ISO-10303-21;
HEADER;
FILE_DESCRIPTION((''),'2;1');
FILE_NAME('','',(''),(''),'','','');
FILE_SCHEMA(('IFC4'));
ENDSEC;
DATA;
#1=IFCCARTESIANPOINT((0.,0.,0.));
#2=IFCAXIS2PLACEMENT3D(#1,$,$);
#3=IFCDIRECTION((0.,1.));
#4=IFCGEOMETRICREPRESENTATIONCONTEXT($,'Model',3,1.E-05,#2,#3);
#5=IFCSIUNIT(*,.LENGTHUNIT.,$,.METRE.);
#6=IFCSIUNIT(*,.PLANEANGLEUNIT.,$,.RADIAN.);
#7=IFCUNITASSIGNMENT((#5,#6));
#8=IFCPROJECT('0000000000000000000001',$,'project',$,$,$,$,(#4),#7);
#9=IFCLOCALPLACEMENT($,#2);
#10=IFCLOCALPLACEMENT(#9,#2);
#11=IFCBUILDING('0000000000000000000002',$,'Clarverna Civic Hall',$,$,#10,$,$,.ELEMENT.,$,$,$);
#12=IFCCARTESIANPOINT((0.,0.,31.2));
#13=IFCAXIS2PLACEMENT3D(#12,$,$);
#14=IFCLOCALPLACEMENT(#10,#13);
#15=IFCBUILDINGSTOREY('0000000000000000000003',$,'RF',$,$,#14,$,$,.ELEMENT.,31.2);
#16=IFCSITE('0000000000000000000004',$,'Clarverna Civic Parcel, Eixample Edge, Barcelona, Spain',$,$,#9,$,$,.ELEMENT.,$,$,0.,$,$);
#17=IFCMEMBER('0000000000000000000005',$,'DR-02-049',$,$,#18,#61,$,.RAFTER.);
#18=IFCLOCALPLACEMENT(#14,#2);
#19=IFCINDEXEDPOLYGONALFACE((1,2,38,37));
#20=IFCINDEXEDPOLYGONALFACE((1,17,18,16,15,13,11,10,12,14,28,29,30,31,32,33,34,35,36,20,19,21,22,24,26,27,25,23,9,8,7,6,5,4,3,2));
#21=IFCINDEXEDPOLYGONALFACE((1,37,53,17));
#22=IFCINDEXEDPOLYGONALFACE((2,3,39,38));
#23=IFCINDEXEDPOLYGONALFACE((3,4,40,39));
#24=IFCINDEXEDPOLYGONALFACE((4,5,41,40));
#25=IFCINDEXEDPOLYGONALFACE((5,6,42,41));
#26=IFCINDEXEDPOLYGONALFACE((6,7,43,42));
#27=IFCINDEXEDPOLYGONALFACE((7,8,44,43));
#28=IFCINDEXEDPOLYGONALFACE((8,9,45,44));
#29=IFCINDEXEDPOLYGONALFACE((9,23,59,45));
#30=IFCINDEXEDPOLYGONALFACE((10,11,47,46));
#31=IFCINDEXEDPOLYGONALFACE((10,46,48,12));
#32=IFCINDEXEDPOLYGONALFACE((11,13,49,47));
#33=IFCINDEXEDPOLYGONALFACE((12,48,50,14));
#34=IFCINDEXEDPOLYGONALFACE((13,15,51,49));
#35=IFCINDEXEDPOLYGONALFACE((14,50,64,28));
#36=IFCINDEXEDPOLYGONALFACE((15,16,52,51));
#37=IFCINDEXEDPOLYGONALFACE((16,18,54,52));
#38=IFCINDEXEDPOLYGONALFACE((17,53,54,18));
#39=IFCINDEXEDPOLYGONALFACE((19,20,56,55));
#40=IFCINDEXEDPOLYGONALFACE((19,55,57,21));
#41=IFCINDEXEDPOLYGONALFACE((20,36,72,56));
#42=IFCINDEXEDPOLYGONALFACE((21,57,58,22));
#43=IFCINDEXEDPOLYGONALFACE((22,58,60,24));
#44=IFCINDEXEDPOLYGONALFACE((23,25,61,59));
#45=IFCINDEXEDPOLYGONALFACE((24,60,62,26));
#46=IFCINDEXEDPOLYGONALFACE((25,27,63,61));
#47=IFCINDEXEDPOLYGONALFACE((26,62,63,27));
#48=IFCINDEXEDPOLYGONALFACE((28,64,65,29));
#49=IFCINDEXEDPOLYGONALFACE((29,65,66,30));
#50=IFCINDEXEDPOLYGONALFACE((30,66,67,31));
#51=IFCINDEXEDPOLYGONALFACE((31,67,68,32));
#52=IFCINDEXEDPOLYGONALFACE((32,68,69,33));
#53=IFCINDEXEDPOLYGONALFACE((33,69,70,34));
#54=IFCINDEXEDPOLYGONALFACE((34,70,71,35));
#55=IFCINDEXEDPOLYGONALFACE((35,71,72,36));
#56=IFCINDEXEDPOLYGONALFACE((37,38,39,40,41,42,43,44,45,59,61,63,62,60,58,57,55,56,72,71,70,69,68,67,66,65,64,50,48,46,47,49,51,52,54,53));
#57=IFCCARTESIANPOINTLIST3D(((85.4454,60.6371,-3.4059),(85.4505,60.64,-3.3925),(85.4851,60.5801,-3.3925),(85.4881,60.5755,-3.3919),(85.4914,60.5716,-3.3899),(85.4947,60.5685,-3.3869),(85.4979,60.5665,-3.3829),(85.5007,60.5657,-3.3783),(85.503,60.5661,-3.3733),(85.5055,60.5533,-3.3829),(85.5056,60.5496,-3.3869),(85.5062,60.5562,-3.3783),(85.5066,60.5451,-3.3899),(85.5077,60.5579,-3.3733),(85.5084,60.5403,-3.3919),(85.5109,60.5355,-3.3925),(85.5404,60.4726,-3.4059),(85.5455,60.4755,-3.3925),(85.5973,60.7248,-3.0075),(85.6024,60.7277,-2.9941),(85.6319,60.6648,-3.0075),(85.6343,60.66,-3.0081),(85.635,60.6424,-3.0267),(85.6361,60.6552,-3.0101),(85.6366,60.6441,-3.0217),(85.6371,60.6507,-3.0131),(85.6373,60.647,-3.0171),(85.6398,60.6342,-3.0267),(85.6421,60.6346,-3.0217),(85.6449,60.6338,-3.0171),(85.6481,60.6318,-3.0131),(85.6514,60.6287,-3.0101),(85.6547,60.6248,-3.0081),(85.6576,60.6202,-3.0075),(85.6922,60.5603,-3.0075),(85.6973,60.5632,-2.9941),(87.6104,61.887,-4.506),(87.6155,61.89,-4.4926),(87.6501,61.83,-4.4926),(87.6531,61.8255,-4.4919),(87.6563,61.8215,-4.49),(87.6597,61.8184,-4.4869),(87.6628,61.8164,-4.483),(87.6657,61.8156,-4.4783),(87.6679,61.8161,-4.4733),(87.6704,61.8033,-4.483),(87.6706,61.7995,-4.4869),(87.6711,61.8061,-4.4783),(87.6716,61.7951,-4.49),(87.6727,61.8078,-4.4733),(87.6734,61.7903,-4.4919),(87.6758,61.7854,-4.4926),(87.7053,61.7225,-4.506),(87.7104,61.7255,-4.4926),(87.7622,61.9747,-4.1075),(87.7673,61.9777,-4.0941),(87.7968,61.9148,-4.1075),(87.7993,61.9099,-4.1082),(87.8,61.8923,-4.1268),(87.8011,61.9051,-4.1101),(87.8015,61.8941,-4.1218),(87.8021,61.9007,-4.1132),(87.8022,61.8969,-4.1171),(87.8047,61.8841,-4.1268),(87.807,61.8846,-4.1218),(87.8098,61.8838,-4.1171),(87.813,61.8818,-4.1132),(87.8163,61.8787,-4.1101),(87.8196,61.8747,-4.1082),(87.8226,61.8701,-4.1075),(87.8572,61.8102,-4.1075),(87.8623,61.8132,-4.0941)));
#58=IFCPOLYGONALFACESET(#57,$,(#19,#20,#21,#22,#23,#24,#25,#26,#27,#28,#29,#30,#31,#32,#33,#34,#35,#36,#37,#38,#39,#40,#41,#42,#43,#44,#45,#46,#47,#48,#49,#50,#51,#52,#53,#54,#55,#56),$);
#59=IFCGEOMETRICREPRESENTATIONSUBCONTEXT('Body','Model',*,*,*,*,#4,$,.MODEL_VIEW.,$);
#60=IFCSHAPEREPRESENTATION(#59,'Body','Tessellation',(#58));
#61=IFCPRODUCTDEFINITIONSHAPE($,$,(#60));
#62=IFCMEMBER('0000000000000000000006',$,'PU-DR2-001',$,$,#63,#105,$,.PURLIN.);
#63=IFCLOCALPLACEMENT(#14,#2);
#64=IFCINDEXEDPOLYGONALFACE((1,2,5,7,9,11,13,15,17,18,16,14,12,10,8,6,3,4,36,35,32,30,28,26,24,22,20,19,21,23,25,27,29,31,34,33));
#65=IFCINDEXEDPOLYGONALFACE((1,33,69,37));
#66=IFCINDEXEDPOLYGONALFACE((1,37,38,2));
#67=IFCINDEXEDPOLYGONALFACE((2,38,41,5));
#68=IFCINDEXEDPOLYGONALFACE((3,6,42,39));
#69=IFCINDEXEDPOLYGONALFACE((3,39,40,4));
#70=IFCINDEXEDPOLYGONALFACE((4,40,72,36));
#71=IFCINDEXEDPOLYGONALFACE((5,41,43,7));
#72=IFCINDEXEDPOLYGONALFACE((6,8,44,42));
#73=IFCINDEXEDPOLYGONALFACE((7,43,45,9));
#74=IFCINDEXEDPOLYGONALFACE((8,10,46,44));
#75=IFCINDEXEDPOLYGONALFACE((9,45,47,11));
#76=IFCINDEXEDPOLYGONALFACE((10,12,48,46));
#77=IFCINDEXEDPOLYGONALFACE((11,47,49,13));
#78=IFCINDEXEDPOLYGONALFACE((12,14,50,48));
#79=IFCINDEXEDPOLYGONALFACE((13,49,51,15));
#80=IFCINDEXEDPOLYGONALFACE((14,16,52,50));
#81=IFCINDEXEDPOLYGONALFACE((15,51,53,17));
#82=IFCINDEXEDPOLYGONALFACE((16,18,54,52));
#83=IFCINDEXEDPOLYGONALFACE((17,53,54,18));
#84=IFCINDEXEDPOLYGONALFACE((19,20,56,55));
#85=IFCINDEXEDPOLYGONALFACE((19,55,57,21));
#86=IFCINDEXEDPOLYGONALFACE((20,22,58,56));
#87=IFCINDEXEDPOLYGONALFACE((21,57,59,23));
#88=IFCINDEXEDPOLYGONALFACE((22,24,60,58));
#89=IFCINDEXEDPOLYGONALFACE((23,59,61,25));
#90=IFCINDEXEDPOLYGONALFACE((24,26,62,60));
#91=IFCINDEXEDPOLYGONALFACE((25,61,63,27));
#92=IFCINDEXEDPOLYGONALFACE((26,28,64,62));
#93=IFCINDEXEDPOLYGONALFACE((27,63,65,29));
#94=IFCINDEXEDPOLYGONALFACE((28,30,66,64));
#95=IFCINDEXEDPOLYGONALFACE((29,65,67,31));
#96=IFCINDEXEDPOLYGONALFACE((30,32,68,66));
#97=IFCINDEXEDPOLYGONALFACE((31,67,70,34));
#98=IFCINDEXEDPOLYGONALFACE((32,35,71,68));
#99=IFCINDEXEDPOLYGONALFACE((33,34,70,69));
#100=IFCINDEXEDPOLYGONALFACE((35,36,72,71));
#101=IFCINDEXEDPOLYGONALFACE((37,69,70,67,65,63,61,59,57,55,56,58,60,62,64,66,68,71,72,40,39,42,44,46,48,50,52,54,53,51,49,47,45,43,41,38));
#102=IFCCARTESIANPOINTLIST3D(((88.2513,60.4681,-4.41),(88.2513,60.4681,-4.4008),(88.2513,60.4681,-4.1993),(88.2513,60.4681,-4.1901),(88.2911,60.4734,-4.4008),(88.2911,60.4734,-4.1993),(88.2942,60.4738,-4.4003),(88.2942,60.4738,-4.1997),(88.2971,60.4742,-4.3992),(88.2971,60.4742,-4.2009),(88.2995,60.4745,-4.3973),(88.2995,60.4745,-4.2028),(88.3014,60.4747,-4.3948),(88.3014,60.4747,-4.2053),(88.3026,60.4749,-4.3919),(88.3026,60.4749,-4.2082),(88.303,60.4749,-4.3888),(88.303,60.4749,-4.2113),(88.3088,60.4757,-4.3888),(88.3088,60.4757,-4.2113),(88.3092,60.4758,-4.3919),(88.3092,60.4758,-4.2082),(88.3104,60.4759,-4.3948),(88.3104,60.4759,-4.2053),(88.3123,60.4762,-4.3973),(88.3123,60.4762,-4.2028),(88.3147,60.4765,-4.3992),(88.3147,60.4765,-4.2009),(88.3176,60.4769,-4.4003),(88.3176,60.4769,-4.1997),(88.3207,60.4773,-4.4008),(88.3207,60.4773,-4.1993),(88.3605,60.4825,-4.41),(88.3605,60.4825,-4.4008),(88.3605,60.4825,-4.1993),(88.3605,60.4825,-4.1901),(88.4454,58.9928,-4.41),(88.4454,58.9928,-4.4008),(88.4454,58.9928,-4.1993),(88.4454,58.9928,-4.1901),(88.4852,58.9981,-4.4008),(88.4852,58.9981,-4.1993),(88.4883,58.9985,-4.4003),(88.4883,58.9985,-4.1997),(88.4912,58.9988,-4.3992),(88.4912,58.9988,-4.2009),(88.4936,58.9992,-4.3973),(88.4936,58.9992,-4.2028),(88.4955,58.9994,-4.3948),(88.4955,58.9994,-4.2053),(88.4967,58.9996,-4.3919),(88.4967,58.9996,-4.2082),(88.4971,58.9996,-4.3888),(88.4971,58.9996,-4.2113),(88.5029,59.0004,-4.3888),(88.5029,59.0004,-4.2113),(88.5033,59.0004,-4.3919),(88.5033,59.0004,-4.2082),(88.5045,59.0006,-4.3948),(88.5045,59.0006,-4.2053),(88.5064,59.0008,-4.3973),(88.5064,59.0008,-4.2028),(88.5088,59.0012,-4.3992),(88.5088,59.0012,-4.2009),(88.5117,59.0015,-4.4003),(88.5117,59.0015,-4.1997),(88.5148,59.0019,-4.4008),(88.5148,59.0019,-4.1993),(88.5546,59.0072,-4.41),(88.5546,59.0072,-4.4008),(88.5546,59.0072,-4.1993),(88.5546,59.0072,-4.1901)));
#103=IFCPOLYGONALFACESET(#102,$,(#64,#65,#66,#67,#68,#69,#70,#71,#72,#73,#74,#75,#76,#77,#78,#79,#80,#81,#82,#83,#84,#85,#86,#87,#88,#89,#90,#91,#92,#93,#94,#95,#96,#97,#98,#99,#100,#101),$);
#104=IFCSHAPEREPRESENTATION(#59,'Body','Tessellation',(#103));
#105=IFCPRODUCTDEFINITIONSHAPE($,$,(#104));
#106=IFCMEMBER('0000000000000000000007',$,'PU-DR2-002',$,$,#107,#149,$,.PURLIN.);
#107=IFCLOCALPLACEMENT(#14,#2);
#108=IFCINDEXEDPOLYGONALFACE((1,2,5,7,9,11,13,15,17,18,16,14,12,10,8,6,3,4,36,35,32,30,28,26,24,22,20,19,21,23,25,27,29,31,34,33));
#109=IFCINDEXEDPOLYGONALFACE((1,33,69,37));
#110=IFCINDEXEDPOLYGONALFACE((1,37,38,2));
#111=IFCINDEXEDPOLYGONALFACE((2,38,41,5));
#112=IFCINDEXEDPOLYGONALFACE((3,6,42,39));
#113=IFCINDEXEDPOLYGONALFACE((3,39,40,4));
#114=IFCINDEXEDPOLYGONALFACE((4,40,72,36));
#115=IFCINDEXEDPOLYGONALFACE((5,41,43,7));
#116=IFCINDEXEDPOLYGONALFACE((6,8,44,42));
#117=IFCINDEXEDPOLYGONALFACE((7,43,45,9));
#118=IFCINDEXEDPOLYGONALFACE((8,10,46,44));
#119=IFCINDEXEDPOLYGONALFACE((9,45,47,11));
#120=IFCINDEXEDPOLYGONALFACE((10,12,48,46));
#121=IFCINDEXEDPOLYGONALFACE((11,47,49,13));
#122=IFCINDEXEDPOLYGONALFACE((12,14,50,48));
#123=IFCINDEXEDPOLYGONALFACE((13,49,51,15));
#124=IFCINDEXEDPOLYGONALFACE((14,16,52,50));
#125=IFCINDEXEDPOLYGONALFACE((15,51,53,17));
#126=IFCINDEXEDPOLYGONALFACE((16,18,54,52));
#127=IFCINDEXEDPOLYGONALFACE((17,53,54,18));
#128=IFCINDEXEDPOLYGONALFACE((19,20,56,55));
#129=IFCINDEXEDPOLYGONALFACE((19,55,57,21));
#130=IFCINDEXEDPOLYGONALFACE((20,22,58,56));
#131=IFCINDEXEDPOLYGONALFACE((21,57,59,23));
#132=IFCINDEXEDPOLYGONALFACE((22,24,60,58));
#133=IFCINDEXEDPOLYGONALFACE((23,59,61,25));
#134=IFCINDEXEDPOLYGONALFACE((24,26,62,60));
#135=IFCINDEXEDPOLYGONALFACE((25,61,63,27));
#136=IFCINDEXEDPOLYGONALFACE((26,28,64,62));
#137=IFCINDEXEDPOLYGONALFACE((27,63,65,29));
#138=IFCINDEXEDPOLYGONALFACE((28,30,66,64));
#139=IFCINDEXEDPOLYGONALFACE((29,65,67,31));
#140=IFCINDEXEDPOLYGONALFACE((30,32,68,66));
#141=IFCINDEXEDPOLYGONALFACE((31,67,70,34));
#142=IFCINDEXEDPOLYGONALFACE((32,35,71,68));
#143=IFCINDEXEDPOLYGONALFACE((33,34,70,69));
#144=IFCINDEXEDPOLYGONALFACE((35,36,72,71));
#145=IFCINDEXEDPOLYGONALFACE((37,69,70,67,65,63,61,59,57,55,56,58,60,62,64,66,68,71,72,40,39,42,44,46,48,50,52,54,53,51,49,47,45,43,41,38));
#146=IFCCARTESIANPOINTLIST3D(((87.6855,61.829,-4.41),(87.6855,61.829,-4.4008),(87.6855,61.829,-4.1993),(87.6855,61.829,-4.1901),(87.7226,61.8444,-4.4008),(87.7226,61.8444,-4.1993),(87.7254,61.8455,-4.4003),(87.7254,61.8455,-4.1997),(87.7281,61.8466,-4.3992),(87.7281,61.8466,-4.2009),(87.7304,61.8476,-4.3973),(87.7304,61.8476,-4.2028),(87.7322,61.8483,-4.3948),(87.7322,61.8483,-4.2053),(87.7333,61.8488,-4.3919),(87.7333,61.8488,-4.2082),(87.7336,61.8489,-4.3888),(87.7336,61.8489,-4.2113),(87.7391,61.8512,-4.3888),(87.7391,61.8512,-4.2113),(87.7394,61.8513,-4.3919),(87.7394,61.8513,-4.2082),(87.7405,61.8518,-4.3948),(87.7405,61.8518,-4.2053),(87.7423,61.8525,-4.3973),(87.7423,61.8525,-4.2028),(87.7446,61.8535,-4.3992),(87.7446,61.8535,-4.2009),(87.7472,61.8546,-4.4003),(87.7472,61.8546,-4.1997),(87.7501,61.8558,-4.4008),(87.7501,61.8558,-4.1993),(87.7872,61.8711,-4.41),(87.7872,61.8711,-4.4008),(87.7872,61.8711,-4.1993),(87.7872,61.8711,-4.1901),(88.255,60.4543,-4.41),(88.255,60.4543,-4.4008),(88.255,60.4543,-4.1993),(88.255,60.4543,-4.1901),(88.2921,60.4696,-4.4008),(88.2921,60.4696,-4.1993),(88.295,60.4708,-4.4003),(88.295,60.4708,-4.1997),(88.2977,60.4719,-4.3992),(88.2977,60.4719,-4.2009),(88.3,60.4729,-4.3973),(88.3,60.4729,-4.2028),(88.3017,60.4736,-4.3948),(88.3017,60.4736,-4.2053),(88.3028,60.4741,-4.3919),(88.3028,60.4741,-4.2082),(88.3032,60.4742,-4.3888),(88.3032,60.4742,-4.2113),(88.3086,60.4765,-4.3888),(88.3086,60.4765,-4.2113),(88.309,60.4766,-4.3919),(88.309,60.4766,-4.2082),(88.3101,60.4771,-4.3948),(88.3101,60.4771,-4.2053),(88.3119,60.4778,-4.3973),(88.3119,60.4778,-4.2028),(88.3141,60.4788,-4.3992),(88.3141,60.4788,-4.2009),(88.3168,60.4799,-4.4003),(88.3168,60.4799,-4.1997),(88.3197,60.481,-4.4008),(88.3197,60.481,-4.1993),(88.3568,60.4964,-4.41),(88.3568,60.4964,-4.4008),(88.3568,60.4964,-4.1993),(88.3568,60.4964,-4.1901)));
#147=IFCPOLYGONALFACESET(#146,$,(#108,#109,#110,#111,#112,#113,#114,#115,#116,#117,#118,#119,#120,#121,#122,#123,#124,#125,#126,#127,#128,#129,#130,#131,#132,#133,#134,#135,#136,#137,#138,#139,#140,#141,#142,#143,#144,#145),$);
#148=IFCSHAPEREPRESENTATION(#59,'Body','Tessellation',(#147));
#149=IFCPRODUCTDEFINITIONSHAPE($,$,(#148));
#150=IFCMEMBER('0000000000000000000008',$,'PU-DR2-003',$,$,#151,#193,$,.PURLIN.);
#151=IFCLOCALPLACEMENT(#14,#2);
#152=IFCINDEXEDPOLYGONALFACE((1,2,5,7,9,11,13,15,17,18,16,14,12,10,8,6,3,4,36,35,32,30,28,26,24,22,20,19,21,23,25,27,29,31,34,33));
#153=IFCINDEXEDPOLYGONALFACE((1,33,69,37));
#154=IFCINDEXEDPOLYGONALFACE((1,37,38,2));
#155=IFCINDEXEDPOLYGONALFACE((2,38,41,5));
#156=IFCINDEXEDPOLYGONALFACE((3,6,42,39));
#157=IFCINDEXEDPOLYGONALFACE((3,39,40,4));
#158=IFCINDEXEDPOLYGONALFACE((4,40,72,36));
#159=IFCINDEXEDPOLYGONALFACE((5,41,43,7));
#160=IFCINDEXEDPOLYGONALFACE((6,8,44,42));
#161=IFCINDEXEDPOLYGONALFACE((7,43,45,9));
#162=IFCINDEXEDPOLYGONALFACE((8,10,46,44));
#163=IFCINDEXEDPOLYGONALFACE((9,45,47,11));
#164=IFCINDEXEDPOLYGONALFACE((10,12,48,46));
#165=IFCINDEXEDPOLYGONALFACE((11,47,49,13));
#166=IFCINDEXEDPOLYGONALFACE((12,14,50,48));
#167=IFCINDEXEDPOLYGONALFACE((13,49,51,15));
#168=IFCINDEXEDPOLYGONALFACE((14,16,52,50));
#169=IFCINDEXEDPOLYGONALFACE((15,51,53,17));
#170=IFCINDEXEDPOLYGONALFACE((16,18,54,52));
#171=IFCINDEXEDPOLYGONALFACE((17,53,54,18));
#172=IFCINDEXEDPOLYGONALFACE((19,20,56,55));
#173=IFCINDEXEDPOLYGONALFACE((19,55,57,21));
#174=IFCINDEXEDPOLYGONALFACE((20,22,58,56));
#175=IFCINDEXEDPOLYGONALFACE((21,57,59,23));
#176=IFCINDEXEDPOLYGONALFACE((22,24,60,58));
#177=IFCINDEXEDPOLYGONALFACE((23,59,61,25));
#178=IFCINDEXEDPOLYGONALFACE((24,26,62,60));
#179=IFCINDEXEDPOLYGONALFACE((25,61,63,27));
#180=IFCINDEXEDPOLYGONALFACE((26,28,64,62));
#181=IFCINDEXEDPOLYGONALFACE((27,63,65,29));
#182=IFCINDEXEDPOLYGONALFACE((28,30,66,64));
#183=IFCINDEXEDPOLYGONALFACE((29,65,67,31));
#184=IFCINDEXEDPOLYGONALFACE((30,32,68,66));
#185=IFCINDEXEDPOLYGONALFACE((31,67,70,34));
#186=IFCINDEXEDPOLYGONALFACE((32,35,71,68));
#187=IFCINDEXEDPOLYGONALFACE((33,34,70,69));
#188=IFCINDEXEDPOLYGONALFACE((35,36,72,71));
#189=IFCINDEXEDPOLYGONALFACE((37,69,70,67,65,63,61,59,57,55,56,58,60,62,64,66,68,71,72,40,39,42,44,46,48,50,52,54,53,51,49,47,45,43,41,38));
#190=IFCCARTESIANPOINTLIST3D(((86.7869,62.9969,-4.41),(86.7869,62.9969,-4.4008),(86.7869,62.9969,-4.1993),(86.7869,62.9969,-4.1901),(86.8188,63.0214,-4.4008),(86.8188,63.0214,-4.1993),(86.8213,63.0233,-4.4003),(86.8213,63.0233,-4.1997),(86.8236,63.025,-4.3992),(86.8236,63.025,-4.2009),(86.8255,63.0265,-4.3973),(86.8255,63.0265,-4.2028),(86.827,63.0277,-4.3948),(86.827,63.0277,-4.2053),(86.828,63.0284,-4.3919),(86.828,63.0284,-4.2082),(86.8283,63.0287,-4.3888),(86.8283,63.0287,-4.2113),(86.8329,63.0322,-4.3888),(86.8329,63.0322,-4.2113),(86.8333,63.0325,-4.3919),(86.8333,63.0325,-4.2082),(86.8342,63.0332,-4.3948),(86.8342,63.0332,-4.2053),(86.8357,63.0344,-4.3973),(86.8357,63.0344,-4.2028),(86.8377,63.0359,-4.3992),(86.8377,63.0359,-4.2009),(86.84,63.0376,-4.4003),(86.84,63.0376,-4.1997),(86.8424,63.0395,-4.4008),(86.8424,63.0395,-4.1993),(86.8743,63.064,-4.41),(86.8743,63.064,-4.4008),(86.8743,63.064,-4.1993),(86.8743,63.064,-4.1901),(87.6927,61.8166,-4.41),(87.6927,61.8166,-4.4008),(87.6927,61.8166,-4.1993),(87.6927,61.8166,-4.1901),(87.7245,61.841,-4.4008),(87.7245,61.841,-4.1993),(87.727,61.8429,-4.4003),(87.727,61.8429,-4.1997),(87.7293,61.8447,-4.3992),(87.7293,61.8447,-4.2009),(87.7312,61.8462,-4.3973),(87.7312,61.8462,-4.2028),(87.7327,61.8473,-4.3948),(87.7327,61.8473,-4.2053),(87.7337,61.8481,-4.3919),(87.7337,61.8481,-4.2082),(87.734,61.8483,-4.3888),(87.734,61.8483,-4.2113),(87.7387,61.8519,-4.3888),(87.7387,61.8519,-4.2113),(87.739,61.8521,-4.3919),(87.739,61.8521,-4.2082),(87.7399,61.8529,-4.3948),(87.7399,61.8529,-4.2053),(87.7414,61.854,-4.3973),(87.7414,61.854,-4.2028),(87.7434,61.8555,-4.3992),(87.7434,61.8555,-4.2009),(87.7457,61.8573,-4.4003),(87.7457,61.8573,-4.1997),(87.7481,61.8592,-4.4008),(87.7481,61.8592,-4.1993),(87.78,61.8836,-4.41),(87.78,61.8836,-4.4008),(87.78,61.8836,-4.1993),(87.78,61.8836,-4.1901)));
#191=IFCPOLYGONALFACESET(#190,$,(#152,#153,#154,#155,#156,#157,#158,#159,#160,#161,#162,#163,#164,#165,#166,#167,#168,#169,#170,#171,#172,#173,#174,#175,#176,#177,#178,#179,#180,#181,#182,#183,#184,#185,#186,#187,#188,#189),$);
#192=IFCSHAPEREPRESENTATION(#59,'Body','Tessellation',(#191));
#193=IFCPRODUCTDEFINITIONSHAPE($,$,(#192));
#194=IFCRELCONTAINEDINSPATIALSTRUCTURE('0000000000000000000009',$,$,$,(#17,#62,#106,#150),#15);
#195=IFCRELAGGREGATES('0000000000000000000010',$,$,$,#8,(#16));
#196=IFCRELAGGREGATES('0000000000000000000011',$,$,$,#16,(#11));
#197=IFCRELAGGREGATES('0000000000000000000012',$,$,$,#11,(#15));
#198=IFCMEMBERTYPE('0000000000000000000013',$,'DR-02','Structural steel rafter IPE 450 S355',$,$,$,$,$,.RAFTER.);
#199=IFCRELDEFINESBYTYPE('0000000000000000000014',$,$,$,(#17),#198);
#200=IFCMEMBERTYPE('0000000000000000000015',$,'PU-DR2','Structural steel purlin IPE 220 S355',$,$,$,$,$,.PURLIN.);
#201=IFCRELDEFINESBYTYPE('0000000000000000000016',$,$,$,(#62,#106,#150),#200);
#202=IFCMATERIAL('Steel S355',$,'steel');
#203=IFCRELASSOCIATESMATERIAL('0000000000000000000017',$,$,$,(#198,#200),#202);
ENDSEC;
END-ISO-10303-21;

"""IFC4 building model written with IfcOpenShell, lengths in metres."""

from ifc_helpers import new_model, si_unit, direction, frame, origin, origin_2d, place, context, subcontext, project, spatial, i_section, extrude, material, material_profile, profile_set, type_object, element, save


model = new_model("IFC4")

# Units and contexts
model_context = context("Model", 3, precision=1e-05, world=origin(), true_north=direction((0.0, 1.0)))
body_context = subcontext(model_context, "Body", "Model", "MODEL_VIEW")
ifc_project = project(units=[si_unit("LENGTHUNIT", "METRE"), si_unit("PLANEANGLEUNIT", "RADIAN")], contexts=[model_context])

# Site, building, storey
site_placement = place(None, origin())
site = spatial("IfcSite", under=ifc_project, at=site_placement, Name="Clarverna Civic Parcel, Eixample Edge, Barcelona, Spain", CompositionType="ELEMENT", RefElevation=0.0)
building_placement = place(site_placement, origin())
building = spatial("IfcBuilding", under=site, at=building_placement, Name="Clarverna Civic Hall", CompositionType="ELEMENT")
storey_placement = place(building_placement, frame((0.0, 0.0, 31.2)))
storey = spatial("IfcBuildingStorey", under=building, at=storey_placement, Name="RF", CompositionType="ELEMENT", Elevation=31.2)

# Members
ifc_material_1 = material(Name="Steel S355", Category="steel")
ifc_material_profile_1 = material_profile(ifc_material_1, i_section(OverallWidth=0.1899, OverallDepth=0.45, WebThickness=0.0095, FlangeThickness=0.0146, FilletRadius=0.021, at=origin_2d()), Name="IPE 450")
ifc_profile_set_1 = profile_set([ifc_material_profile_1], Name="Steel S355")
member_type_1 = type_object("IfcMemberType", Name="DR-02", Description="Structural steel rafter IPE 450 S355", PredefinedType="RAFTER", material=ifc_profile_set_1)
member_1_placement = place(storey_placement, frame((87.7363, 61.8501, -4.3), z_axis=(-0.792671, -0.457654, 0.402771), x_axis=(0.500004, -0.866023, 0.0)))
element("IfcMember", 1, at=member_1_placement, inside=storey, type_object=member_type_1, Name="DR-02-049", PredefinedType="RAFTER", context=body_context, shape_type="SweptSolid", body=[
    extrude(i_section(OverallWidth=0.1899, OverallDepth=0.45, WebThickness=0.0095, FlangeThickness=0.0146, FilletRadius=0.021, at=origin_2d()), origin(), (0.0, 0.0, 1.0), 2.7312),
])
ifc_material_profile_2 = material_profile(ifc_material_1, i_section(OverallWidth=0.1101, OverallDepth=0.22, WebThickness=0.0059, FlangeThickness=0.0093, FilletRadius=0.012, at=origin_2d()), Name="IPE 220")
ifc_profile_set_2 = profile_set([ifc_material_profile_2], Name="Steel S355")
member_type_2 = type_object("IfcMemberType", Name="PU-DR2", Description="Structural steel purlin IPE 220 S355", PredefinedType="PURLIN", material=ifc_profile_set_2)
for number, where, z_axis, x_axis, name in (
    (2, (88.5, 59.0, -4.3), (-0.130433, 0.991457, 0.0), (-0.991457, -0.130433, 0.0), "PU-DR2-001"),
    (3, (88.3059, 60.4753, -4.3), (-0.382762, 0.923847, 0.0), (-0.923847, -0.382762, 0.0), "PU-DR2-002"),
):
    element("IfcMember", number, at=place(storey_placement, frame(where, z_axis=z_axis, x_axis=x_axis)), inside=storey, type_object=member_type_2, Name=name, PredefinedType="PURLIN", context=body_context, shape_type="SweptSolid", body=[
        extrude(i_section(OverallWidth=0.1101, OverallDepth=0.22, WebThickness=0.0059, FlangeThickness=0.0093, FilletRadius=0.012, at=origin_2d()), origin(), (0.0, 0.0, 1.0), 1.488),
    ])
member_2_placement = place(storey_placement, frame((87.7363, 61.8501, -4.3), z_axis=(-0.608759, 0.793355, 0.0), x_axis=(-0.793355, -0.608759, 0.0)))
element("IfcMember", 4, at=member_2_placement, inside=storey, type_object=member_type_2, Name="PU-DR2-003", PredefinedType="PURLIN", context=body_context, shape_type="SweptSolid", body=[
    extrude(i_section(OverallWidth=0.1101, OverallDepth=0.22, WebThickness=0.0059, FlangeThickness=0.0093, FilletRadius=0.012, at=origin_2d()), origin(), (0.0, 0.0, 1.0), 1.4878),
])

save(model, "model.ifc")
